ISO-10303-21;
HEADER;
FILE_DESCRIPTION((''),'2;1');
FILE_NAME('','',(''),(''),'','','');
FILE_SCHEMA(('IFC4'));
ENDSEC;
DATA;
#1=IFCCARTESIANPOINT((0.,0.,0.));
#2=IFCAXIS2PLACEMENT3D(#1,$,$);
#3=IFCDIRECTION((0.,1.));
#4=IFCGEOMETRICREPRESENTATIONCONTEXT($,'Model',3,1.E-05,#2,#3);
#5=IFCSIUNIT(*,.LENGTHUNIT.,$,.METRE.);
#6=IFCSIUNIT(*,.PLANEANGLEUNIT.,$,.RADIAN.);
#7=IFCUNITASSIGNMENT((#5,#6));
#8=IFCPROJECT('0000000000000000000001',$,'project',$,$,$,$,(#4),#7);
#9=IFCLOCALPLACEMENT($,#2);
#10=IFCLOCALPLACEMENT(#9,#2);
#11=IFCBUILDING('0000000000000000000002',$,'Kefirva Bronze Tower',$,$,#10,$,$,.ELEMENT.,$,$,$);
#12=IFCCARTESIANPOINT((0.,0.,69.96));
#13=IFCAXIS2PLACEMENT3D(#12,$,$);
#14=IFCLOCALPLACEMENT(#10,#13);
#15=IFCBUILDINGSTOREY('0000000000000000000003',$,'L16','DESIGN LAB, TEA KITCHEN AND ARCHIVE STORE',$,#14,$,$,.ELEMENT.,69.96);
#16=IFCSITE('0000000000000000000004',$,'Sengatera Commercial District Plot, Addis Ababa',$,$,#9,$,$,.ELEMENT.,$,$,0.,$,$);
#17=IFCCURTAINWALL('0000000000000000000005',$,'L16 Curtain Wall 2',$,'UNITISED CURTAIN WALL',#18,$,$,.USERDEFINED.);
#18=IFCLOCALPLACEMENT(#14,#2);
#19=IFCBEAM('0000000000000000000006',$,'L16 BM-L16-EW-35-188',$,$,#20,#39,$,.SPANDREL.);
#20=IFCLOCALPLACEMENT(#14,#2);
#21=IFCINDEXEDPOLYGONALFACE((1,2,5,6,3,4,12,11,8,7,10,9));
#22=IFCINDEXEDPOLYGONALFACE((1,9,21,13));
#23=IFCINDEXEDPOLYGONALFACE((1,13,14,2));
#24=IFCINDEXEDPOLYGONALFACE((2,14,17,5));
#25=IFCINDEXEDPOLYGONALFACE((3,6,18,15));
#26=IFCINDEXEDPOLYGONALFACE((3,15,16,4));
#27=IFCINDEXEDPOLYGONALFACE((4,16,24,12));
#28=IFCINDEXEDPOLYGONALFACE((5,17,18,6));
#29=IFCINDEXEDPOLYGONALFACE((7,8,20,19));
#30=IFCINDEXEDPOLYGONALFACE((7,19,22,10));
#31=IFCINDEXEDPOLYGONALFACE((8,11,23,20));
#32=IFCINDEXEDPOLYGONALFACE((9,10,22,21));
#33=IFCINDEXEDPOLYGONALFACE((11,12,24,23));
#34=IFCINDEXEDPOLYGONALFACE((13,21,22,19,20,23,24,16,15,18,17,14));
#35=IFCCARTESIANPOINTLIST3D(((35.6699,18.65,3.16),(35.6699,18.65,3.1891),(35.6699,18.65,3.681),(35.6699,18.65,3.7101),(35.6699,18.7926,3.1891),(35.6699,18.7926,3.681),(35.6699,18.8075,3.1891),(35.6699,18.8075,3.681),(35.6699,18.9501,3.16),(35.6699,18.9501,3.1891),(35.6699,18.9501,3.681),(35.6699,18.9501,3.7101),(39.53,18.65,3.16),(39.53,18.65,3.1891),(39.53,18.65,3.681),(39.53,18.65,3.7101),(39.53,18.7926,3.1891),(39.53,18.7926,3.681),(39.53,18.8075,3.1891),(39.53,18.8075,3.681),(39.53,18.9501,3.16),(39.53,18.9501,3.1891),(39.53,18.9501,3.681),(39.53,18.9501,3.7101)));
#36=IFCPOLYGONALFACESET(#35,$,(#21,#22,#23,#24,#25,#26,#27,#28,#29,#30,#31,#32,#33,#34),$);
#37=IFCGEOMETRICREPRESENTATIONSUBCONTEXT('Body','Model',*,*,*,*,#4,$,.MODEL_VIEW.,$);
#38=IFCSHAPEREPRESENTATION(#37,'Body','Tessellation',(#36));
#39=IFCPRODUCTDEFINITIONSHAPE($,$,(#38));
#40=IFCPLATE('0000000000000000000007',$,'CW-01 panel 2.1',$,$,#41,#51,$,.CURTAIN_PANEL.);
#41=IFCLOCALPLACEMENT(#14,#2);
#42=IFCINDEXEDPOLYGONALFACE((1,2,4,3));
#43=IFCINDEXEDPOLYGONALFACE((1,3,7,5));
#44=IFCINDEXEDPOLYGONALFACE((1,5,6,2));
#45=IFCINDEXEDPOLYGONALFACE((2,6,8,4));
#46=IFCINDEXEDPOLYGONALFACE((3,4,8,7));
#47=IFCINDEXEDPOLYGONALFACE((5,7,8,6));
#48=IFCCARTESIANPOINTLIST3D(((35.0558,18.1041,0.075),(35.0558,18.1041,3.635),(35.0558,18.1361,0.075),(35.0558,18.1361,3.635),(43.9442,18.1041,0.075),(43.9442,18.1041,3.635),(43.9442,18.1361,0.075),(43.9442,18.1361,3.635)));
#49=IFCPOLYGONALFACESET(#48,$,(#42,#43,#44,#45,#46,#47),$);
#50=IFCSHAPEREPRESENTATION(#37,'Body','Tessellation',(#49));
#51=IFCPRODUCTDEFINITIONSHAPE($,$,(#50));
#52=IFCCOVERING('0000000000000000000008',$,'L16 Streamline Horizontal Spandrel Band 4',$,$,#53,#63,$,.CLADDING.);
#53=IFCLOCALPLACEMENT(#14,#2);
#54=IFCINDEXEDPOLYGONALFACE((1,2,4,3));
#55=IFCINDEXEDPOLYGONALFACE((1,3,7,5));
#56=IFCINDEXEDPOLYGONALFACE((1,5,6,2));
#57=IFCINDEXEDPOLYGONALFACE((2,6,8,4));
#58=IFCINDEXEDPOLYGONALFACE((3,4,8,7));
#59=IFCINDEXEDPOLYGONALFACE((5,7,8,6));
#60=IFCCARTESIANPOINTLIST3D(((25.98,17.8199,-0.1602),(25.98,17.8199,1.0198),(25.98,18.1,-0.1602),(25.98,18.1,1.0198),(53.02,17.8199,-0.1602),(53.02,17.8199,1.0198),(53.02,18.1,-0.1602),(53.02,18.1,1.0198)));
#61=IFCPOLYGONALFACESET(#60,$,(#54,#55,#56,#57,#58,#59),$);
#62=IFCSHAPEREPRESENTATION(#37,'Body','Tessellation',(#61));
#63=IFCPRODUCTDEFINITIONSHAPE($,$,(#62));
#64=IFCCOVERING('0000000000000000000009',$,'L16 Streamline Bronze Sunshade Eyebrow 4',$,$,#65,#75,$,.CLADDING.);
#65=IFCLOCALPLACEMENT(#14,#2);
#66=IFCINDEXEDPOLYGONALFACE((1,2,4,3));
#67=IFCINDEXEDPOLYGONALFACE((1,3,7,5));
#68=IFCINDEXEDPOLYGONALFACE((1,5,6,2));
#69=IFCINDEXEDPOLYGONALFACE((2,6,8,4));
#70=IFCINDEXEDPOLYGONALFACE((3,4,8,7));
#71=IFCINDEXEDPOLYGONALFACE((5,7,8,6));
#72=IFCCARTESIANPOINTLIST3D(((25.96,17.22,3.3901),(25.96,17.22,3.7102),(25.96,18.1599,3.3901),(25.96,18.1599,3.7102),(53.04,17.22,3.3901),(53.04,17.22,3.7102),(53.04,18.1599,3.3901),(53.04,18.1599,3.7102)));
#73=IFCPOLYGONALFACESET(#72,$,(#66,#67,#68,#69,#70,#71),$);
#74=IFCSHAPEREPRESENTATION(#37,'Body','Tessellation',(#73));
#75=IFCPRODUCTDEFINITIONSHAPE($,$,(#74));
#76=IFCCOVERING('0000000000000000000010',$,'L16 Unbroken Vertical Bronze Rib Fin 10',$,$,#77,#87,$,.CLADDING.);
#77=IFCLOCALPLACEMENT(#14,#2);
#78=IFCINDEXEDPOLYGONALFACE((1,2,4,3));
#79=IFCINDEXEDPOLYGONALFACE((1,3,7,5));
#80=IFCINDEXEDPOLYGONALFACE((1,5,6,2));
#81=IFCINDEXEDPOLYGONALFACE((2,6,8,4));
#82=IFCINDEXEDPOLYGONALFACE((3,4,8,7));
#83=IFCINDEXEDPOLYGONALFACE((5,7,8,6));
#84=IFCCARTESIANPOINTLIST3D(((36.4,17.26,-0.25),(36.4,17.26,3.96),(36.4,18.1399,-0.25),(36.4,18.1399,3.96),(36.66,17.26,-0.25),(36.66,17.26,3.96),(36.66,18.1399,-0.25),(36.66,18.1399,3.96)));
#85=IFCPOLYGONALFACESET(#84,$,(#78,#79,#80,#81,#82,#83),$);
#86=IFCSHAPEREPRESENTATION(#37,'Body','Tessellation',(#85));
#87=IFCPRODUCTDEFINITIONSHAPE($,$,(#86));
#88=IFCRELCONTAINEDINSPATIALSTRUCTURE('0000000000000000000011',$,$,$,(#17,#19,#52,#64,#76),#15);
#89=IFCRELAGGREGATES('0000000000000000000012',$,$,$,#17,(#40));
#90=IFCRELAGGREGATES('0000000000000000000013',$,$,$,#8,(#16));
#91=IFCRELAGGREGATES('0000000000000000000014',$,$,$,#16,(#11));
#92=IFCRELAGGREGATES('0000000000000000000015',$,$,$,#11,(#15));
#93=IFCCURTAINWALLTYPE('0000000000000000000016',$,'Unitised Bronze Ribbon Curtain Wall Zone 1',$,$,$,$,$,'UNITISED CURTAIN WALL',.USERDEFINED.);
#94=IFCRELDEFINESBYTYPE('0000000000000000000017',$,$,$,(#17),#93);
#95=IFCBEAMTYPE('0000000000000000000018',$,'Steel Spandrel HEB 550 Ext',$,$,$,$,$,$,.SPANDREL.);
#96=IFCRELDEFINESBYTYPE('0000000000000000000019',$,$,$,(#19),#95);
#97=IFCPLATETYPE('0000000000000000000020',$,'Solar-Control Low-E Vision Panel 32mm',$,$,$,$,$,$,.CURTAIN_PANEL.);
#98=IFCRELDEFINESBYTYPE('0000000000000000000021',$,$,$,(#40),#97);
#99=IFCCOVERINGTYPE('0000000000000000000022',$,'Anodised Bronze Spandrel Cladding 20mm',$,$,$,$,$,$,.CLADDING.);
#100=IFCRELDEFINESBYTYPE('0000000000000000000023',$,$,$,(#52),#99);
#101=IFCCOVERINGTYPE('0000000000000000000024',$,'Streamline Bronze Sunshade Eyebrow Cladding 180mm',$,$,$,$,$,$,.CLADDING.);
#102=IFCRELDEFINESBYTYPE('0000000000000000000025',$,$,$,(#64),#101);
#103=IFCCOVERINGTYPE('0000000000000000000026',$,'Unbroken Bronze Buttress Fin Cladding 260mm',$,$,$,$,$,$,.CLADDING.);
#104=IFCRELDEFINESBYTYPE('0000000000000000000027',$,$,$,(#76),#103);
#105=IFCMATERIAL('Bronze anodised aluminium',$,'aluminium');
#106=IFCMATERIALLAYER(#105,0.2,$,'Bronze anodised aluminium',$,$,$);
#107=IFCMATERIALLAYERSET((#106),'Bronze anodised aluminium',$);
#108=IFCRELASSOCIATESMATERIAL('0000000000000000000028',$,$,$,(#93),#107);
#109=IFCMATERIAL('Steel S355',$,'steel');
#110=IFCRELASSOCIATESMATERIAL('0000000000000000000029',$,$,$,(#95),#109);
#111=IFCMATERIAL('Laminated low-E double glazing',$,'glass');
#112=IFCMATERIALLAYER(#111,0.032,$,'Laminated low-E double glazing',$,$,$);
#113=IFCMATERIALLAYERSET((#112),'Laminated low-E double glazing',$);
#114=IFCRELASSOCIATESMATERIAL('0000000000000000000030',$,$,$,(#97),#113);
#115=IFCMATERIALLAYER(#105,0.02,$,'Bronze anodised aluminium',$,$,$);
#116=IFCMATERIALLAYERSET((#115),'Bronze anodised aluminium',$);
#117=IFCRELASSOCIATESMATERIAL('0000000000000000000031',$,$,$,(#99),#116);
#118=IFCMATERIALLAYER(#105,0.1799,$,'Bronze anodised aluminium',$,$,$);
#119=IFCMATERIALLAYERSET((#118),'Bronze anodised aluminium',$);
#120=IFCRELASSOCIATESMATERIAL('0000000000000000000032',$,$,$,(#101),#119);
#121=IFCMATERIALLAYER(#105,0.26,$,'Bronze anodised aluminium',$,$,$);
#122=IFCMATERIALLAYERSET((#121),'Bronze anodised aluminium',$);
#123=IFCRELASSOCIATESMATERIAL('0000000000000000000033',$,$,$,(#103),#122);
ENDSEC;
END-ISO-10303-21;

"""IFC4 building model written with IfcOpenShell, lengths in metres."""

from ifc_helpers import new_model, si_unit, direction, frame, origin, origin_2d, place, context, subcontext, project, spatial, rectangle, i_section, extrude, material, layer, layer_set, material_profile, profile_set, type_object, element, aggregate, save


model = new_model("IFC4")

# Units and contexts
model_context = context("Model", 3, precision=1e-05, world=origin(), true_north=direction((0.0, 1.0)))
body_context = subcontext(model_context, "Body", "Model", "MODEL_VIEW")
ifc_project = project(units=[si_unit("LENGTHUNIT", "METRE"), si_unit("PLANEANGLEUNIT", "RADIAN")], contexts=[model_context])

# Site, building, storey
site_placement = place(None, origin())
site = spatial("IfcSite", under=ifc_project, at=site_placement, Name="Sengatera Commercial District Plot, Addis Ababa", CompositionType="ELEMENT", RefElevation=0.0)
building_placement = place(site_placement, origin())
building = spatial("IfcBuilding", under=site, at=building_placement, Name="Kefirva Bronze Tower", CompositionType="ELEMENT")
storey_placement = place(building_placement, frame((0.0, 0.0, 69.96)))
storey = spatial("IfcBuildingStorey", under=building, at=storey_placement, Name="L16", Description="DESIGN LAB, TEA KITCHEN AND ARCHIVE STORE", CompositionType="ELEMENT", Elevation=69.96)

# Curtain wall
ifc_material_1 = material(Name="Bronze anodised aluminium", Category="aluminium")
ifc_layer_1 = layer(ifc_material_1, 0.2, Name="Bronze anodised aluminium")
ifc_layer_set_1 = layer_set([ifc_layer_1], Name="Bronze anodised aluminium")
curtain_wall_type = type_object("IfcCurtainWallType", Name="Unitised Bronze Ribbon Curtain Wall Zone 1", ElementType="UNITISED CURTAIN WALL", PredefinedType="USERDEFINED", material=ifc_layer_set_1)
curtain_wall_placement = place(storey_placement, origin())
curtain_wall = element("IfcCurtainWall", 1, at=curtain_wall_placement, inside=storey, type_object=curtain_wall_type, Name="L16 Curtain Wall 2", ObjectType="UNITISED CURTAIN WALL", PredefinedType="USERDEFINED")

# Beam
ifc_material_2 = material(Name="Steel S355", Category="steel")
ifc_material_profile_1 = material_profile(ifc_material_2, i_section(OverallWidth=0.3, OverallDepth=0.55, WebThickness=0.0149, FlangeThickness=0.0291, at=origin_2d()), Name="HEB 550")
ifc_profile_set_1 = profile_set([ifc_material_profile_1], Name="Steel S355")
beam_type_1 = type_object("IfcBeamType", Name="Steel Spandrel HEB 550 Ext", PredefinedType="SPANDREL", material=ifc_profile_set_1)
beam_1_placement = place(storey_placement, frame((35.6699, 18.8, 3.4351), z_axis=(1.0, 0.0, 0.0), x_axis=(0.0, 1.0, 0.0)))
element("IfcBeam", 2, at=beam_1_placement, inside=storey, type_object=beam_type_1, Name="L16 BM-L16-EW-35-188", PredefinedType="SPANDREL", context=body_context, shape_type="SweptSolid", body=[
    extrude(i_section(OverallWidth=0.3, OverallDepth=0.55, WebThickness=0.0149, FlangeThickness=0.0291, at=origin_2d()), origin(), (0.0, 0.0, 1.0), 3.8601),
])

# Plate
ifc_material_3 = material(Name="Laminated low-E double glazing", Category="glass")
ifc_layer_2 = layer(ifc_material_3, 0.032, Name="Laminated low-E double glazing")
ifc_layer_set_2 = layer_set([ifc_layer_2], Name="Laminated low-E double glazing")
plate_type = type_object("IfcPlateType", Name="Solar-Control Low-E Vision Panel 32mm", PredefinedType="CURTAIN_PANEL", material=ifc_layer_set_2)
plate_placement = place(storey_placement, frame((39.5, 18.1201, 0.075), z_axis=(0.0, 0.0, 1.0), x_axis=(1.0, 0.0, 0.0)))
plate = element("IfcPlate", 3, at=plate_placement, type_object=plate_type, Name="CW-01 panel 2.1", PredefinedType="CURTAIN_PANEL", context=body_context, shape_type="SweptSolid", body=[
    extrude(rectangle(XDim=8.8884, YDim=0.032, at=origin_2d()), origin(), (0.0, 0.0, 1.0), 3.5601),
])
aggregate(curtain_wall, [plate])

# Coverings
ifc_layer_3 = layer(ifc_material_1, 0.02, Name="Bronze anodised aluminium")
ifc_layer_set_3 = layer_set([ifc_layer_3], Name="Bronze anodised aluminium")
covering_type_1 = type_object("IfcCoveringType", Name="Anodised Bronze Spandrel Cladding 20mm", PredefinedType="CLADDING", material=ifc_layer_set_3)
covering_1_placement = place(storey_placement, frame((39.5, 17.96, -0.1602), z_axis=(0.0, 0.0, 1.0), x_axis=(1.0, 0.0, 0.0)))
element("IfcCovering", 4, at=covering_1_placement, inside=storey, type_object=covering_type_1, Name="L16 Streamline Horizontal Spandrel Band 4", PredefinedType="CLADDING", context=body_context, shape_type="SweptSolid", body=[
    extrude(rectangle(XDim=27.04, YDim=0.28, at=origin_2d()), origin(), (0.0, 0.0, 1.0), 1.1799),
])
ifc_layer_4 = layer(ifc_material_1, 0.1799, Name="Bronze anodised aluminium")
ifc_layer_set_4 = layer_set([ifc_layer_4], Name="Bronze anodised aluminium")
covering_type_2 = type_object("IfcCoveringType", Name="Streamline Bronze Sunshade Eyebrow Cladding 180mm", PredefinedType="CLADDING", material=ifc_layer_set_4)
covering_2_placement = place(storey_placement, frame((39.5, 17.6899, 3.3901), z_axis=(0.0, 0.0, 1.0), x_axis=(1.0, 0.0, 0.0)))
element("IfcCovering", 5, at=covering_2_placement, inside=storey, type_object=covering_type_2, Name="L16 Streamline Bronze Sunshade Eyebrow 4", PredefinedType="CLADDING", context=body_context, shape_type="SweptSolid", body=[
    extrude(rectangle(XDim=27.0801, YDim=0.9399, at=origin_2d()), origin(), (0.0, 0.0, 1.0), 0.3201),
])
ifc_layer_5 = layer(ifc_material_1, 0.26, Name="Bronze anodised aluminium")
ifc_layer_set_5 = layer_set([ifc_layer_5], Name="Bronze anodised aluminium")
covering_type_3 = type_object("IfcCoveringType", Name="Unbroken Bronze Buttress Fin Cladding 260mm", PredefinedType="CLADDING", material=ifc_layer_set_5)
covering_3_placement = place(storey_placement, frame((36.53, 17.7, -0.25), z_axis=(0.0, 0.0, 1.0), x_axis=(1.0, 0.0, 0.0)))
element("IfcCovering", 6, at=covering_3_placement, inside=storey, type_object=covering_type_3, Name="L16 Unbroken Vertical Bronze Rib Fin 10", PredefinedType="CLADDING", context=body_context, shape_type="SweptSolid", body=[
    extrude(rectangle(XDim=0.26, YDim=0.8799, at=origin_2d()), origin(), (0.0, 0.0, 1.0), 4.21),
])

save(model, "model.ifc")
